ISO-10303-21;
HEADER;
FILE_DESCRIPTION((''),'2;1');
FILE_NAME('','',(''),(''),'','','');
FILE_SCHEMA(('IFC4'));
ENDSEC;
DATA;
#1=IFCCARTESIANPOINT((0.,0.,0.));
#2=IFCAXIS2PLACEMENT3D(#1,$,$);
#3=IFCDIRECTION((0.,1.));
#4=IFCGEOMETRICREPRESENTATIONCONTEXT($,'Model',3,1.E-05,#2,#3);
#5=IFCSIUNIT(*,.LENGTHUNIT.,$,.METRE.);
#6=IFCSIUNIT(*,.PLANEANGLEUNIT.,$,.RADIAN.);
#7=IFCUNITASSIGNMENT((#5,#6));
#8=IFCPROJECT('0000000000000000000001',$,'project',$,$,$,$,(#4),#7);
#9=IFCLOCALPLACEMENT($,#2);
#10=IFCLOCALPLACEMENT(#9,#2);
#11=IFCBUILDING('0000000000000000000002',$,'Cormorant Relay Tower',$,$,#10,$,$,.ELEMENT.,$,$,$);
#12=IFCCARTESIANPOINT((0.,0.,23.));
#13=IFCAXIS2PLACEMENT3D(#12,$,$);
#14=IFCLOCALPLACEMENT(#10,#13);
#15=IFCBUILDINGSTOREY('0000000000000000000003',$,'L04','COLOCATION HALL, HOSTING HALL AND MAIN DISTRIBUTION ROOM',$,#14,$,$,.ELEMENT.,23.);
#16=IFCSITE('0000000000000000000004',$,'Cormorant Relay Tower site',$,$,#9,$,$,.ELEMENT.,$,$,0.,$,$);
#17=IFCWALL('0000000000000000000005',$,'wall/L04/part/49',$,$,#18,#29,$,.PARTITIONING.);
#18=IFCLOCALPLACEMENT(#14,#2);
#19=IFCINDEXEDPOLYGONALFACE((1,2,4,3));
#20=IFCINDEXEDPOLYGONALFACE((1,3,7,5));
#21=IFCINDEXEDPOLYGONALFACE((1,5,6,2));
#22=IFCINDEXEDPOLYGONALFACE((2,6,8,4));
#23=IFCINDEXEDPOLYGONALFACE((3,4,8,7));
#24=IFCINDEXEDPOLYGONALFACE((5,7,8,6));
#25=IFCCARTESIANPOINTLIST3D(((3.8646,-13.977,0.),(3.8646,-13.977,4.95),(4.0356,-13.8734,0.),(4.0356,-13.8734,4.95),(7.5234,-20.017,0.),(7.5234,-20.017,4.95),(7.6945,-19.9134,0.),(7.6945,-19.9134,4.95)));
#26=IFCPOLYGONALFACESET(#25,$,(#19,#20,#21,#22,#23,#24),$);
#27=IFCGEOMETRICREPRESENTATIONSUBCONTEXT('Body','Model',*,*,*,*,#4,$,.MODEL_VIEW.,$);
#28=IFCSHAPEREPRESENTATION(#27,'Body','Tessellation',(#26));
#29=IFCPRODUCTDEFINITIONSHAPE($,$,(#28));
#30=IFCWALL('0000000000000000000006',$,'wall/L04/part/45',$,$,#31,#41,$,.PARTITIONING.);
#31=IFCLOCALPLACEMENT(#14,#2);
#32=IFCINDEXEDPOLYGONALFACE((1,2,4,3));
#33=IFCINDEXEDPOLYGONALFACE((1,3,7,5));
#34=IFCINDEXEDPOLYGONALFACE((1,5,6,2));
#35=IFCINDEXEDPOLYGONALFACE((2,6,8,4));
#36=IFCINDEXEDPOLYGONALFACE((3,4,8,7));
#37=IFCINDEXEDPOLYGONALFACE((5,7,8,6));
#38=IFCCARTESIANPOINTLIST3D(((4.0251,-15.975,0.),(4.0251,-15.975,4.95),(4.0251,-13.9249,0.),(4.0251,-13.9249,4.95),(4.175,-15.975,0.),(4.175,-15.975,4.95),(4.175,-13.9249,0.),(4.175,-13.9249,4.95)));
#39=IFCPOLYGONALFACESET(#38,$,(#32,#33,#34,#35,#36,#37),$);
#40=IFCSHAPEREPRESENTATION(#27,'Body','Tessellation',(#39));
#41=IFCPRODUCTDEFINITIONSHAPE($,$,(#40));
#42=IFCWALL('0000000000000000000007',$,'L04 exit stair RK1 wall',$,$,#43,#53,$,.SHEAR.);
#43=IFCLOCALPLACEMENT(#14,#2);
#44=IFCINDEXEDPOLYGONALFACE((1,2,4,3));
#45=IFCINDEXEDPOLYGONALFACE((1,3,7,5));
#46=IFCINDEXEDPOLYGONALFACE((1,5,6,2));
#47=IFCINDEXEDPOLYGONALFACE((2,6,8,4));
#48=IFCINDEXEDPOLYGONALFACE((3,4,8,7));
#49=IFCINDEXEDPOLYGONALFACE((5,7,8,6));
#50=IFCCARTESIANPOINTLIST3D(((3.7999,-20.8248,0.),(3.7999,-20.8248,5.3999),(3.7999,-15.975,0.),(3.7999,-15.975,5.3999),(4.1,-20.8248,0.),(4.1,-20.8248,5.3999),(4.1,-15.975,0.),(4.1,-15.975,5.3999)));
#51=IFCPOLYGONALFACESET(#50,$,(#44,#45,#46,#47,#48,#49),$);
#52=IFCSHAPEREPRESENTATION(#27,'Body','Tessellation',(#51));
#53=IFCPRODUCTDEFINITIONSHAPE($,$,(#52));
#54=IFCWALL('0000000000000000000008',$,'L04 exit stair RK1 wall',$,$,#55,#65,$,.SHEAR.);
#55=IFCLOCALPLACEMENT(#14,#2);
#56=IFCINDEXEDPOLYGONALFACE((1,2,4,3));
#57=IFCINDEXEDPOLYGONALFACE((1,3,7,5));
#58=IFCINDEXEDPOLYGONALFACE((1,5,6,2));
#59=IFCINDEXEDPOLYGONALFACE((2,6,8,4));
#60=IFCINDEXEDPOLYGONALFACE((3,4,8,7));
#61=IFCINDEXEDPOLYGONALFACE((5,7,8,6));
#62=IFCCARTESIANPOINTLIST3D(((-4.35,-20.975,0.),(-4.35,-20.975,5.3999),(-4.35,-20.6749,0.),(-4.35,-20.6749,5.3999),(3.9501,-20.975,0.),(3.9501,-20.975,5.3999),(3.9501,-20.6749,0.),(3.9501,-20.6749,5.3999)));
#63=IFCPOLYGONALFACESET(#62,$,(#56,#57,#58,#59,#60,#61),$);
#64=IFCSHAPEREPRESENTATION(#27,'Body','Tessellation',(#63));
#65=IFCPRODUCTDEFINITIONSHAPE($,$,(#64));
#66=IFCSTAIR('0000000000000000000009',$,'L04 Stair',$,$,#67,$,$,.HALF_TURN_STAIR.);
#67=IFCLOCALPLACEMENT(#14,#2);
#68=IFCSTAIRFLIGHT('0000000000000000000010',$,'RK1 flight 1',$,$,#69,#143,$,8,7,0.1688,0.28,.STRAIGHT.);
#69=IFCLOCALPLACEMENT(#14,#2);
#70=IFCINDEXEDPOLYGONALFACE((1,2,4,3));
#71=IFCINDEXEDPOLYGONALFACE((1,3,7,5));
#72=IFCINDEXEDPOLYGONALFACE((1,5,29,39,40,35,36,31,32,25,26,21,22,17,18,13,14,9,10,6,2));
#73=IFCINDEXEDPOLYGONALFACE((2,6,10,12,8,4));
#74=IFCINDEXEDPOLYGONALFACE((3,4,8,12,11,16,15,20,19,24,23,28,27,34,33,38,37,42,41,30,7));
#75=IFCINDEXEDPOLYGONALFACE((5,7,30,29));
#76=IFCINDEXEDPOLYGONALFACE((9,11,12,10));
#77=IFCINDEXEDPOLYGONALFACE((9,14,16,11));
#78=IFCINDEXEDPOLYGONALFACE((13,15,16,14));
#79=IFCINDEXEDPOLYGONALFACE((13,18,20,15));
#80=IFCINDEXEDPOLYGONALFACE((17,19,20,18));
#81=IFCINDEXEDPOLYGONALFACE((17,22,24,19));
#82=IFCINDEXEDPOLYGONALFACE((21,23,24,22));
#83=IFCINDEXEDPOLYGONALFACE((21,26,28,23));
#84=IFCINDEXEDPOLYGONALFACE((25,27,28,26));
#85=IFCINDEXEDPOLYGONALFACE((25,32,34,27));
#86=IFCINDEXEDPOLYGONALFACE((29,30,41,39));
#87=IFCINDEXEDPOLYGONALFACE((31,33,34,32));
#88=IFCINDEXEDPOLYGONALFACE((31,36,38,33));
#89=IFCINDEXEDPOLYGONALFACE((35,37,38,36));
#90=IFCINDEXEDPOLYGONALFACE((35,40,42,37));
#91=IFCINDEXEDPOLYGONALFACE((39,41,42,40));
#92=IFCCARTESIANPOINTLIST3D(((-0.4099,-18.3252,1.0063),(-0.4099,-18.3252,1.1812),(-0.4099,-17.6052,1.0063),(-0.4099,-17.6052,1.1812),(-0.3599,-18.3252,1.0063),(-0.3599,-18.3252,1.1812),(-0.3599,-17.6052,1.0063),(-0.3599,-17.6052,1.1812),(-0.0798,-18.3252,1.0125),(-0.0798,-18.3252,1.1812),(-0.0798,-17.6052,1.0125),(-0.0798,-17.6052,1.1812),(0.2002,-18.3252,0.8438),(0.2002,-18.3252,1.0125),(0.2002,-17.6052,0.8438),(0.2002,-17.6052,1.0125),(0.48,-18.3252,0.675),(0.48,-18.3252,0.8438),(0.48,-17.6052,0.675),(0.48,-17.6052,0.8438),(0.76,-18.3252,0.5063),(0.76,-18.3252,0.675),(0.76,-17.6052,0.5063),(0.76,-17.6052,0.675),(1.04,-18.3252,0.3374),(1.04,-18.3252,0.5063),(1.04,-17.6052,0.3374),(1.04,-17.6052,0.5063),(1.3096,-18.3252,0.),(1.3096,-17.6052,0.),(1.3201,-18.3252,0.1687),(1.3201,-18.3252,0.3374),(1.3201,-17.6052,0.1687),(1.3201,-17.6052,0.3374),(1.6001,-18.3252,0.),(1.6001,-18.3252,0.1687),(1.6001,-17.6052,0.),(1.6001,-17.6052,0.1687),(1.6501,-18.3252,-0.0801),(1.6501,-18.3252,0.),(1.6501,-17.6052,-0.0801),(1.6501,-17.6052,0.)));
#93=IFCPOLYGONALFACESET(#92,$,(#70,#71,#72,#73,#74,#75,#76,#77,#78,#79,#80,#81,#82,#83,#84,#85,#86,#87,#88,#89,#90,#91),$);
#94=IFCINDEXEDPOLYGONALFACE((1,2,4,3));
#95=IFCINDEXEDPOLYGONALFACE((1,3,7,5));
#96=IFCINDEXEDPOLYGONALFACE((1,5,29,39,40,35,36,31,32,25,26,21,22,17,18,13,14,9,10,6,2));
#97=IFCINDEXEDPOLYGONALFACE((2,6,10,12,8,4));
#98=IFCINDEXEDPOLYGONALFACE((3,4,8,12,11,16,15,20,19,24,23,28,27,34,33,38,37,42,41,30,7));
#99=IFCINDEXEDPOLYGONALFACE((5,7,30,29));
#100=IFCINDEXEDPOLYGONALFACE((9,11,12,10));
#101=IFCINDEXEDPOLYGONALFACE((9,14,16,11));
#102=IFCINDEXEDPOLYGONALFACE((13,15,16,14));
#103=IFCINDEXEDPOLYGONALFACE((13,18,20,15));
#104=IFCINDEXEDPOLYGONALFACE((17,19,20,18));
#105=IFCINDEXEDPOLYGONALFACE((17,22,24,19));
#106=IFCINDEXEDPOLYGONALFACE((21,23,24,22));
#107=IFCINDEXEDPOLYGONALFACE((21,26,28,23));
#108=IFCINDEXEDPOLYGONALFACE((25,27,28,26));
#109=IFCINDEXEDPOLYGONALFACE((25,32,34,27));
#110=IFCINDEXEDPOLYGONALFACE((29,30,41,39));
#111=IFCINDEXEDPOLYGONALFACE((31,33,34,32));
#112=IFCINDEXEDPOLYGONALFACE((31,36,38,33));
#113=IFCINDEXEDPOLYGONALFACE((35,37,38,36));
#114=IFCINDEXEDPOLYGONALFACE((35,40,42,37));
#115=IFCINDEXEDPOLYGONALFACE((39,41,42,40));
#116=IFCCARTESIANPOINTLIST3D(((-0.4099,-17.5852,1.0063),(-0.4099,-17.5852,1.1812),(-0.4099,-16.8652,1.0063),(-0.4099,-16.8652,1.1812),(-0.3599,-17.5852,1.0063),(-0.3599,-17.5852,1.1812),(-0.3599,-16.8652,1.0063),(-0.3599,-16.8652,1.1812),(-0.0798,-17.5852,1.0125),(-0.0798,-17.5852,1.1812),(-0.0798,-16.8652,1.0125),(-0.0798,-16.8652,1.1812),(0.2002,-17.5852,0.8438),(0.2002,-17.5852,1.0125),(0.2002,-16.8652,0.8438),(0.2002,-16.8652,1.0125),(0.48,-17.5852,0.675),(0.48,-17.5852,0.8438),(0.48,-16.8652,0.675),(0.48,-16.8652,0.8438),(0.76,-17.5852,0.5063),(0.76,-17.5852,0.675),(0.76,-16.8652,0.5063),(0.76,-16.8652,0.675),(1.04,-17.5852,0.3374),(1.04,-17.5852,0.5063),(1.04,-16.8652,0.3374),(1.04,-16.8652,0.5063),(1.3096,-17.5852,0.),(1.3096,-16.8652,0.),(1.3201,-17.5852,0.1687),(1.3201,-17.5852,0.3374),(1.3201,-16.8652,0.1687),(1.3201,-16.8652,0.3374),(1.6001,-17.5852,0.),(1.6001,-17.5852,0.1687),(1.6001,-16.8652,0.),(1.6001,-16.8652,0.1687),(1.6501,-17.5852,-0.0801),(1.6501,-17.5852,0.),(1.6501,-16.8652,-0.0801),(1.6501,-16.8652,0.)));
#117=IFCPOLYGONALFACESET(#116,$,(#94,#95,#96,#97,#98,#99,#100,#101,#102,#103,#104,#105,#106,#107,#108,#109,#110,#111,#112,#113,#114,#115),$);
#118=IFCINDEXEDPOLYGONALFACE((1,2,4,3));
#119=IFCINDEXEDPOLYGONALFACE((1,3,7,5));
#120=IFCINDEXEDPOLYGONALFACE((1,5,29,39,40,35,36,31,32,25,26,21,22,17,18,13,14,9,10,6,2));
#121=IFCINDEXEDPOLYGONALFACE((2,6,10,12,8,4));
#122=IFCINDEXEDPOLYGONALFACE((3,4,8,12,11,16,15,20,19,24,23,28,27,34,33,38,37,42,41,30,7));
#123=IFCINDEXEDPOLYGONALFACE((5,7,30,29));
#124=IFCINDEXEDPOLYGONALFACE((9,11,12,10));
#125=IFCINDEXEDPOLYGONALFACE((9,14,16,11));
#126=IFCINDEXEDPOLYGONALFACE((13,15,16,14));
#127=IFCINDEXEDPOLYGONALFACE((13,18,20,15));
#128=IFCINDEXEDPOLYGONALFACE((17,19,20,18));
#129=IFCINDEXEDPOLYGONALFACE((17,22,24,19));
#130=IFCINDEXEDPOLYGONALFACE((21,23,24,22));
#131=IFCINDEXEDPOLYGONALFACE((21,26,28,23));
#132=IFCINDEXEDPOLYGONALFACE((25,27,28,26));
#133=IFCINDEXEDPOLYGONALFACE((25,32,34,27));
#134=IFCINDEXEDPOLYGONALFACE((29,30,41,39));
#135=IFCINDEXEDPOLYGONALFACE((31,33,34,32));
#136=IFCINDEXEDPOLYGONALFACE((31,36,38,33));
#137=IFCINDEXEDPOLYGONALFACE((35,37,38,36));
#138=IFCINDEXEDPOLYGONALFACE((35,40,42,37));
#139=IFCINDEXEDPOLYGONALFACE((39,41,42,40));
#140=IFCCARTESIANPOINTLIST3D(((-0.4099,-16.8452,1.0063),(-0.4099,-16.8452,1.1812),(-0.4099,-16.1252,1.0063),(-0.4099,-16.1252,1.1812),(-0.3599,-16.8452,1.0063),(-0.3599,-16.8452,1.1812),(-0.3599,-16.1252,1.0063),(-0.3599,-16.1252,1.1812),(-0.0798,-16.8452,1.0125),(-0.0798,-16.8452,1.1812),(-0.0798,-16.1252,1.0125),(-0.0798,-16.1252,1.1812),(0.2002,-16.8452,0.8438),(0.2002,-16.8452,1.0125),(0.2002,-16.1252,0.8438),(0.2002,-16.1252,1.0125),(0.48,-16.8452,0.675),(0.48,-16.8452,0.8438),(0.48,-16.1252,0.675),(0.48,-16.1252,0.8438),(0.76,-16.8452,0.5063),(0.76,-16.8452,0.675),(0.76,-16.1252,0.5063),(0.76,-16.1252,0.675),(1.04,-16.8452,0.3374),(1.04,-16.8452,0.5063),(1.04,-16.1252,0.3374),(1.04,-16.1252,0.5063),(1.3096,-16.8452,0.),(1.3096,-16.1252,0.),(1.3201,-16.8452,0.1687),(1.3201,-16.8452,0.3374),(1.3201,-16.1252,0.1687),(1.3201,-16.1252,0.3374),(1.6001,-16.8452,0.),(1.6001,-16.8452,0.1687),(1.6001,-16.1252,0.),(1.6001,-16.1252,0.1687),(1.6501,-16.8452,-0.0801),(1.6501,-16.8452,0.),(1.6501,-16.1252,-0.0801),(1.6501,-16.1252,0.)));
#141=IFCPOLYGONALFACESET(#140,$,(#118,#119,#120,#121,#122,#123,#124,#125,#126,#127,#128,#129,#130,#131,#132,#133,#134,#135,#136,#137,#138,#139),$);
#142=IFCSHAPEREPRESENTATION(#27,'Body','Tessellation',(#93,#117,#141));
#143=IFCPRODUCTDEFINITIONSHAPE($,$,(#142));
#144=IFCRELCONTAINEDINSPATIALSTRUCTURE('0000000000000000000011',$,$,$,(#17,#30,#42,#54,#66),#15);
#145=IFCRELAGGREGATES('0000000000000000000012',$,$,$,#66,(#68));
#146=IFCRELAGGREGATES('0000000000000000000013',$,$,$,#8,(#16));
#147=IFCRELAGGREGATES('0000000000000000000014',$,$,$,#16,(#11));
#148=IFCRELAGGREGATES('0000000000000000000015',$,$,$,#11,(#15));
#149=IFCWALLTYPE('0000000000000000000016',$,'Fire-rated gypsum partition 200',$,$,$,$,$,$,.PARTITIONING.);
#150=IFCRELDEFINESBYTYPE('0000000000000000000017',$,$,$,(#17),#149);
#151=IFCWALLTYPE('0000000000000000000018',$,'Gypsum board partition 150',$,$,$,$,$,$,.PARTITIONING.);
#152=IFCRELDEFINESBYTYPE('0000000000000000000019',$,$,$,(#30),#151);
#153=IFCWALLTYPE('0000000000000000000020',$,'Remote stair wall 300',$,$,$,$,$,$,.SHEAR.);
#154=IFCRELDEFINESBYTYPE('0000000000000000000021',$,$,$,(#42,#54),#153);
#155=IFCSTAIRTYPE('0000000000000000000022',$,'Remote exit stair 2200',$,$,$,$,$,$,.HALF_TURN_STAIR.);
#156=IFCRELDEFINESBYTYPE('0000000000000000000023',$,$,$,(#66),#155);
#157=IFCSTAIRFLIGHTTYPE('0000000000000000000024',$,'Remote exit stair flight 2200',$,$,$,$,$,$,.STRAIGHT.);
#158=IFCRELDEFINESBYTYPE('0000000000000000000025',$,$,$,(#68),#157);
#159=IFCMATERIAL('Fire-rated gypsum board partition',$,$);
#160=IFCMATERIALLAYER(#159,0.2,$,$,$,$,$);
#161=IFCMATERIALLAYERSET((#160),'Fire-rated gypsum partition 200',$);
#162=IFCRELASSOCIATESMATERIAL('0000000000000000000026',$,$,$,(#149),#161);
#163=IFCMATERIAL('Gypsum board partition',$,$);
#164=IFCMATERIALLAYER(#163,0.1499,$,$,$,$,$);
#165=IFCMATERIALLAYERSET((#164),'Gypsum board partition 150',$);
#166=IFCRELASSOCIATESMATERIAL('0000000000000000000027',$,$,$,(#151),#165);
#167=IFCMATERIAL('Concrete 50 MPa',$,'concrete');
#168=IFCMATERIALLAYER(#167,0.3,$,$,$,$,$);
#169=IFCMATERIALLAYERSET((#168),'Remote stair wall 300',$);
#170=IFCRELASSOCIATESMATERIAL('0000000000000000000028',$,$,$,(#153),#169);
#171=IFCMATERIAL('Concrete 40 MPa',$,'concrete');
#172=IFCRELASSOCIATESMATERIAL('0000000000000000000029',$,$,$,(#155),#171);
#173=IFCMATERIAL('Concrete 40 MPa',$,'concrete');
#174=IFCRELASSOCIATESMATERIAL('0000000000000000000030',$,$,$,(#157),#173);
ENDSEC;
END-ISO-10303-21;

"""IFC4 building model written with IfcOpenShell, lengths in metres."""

from ifc_helpers import new_model, si_unit, direction, frame, frame_2d, origin, place, context, subcontext, project, spatial, polyline, rectangle, outline, extrude, material, layer, layer_set, type_object, element, aggregate, save


model = new_model("IFC4")

# Units and contexts
model_context = context("Model", 3, precision=1e-05, world=origin(), true_north=direction((0.0, 1.0)))
body_context = subcontext(model_context, "Body", "Model", "MODEL_VIEW")
ifc_project = project(units=[si_unit("LENGTHUNIT", "METRE"), si_unit("PLANEANGLEUNIT", "RADIAN")], contexts=[model_context])

# Site, building, storey
site_placement = place(None, origin())
site = spatial("IfcSite", under=ifc_project, at=site_placement, Name="Cormorant Relay Tower site", CompositionType="ELEMENT", RefElevation=0.0)
building_placement = place(site_placement, origin())
building = spatial("IfcBuilding", under=site, at=building_placement, Name="Cormorant Relay Tower", CompositionType="ELEMENT")
storey_placement = place(building_placement, frame((0.0, 0.0, 23.0)))
storey = spatial("IfcBuildingStorey", under=building, at=storey_placement, Name="L04", Description="COLOCATION HALL, HOSTING HALL AND MAIN DISTRIBUTION ROOM", CompositionType="ELEMENT", Elevation=23.0)

# Shared definitions
ifc_material_1 = material(Name="Fire-rated gypsum board partition")
ifc_layer_1 = layer(ifc_material_1, 0.2)
ifc_layer_set_1 = layer_set([ifc_layer_1], Name="Fire-rated gypsum partition 200")
wall_type_1 = type_object("IfcWallType", Name="Fire-rated gypsum partition 200", PredefinedType="PARTITIONING", material=ifc_layer_set_1)

# Walls
wall_1_placement = place(storey_placement, frame((7.6089, -19.9651, 0.0), z_axis=(0.0, 0.0, 1.0), x_axis=(-0.518126, 0.855304, 0.0)))
element("IfcWall", 1, at=wall_1_placement, inside=storey, type_object=wall_type_1, Name="wall/L04/part/49", PredefinedType="PARTITIONING", context=body_context, shape_type="SweptSolid", body=[
    extrude(rectangle(XDim=7.0618, YDim=0.2, at=frame_2d((3.5308, 0.0))), origin(), (0.0, 0.0, 1.0), 4.95),
])
ifc_material_2 = material(Name="Gypsum board partition")
ifc_layer_2 = layer(ifc_material_2, 0.1499)
ifc_layer_set_2 = layer_set([ifc_layer_2], Name="Gypsum board partition 150")
wall_type_2 = type_object("IfcWallType", Name="Gypsum board partition 150", PredefinedType="PARTITIONING", material=ifc_layer_set_2)
wall_2_placement = place(storey_placement, frame((4.1001, -13.925, 0.0), z_axis=(0.0, 0.0, 1.0), x_axis=(0.0, -1.0, 0.0)))
element("IfcWall", 2, at=wall_2_placement, inside=storey, type_object=wall_type_2, Name="wall/L04/part/45", PredefinedType="PARTITIONING", context=body_context, shape_type="SweptSolid", body=[
    extrude(rectangle(XDim=2.05, YDim=0.1499, at=frame_2d((1.0249, 0.0))), origin(), (0.0, 0.0, 1.0), 4.95),
])
ifc_material_3 = material(Name="Concrete 50 MPa", Category="concrete")
ifc_layer_3 = layer(ifc_material_3, 0.3)
ifc_layer_set_3 = layer_set([ifc_layer_3], Name="Remote stair wall 300")
wall_type_3 = type_object("IfcWallType", Name="Remote stair wall 300", PredefinedType="SHEAR", material=ifc_layer_set_3)
wall_3_placement = place(storey_placement, frame((3.95, -15.9751, 0.0), z_axis=(0.0, 0.0, 1.0), x_axis=(0.0, -1.0, 0.0)))
element("IfcWall", 3, at=wall_3_placement, inside=storey, type_object=wall_type_3, Name="L04 exit stair RK1 wall", PredefinedType="SHEAR", context=body_context, shape_type="SweptSolid", body=[
    extrude(rectangle(XDim=4.8499, YDim=0.3, at=frame_2d((2.4248, 0.0))), origin(), (0.0, 0.0, 1.0), 5.3999),
])
wall_4_placement = place(storey_placement, frame((3.95, -20.825, 0.0), z_axis=(0.0, 0.0, 1.0), x_axis=(-1.0, 0.0, 0.0)))
element("IfcWall", 4, at=wall_4_placement, inside=storey, type_object=wall_type_3, Name="L04 exit stair RK1 wall", PredefinedType="SHEAR", context=body_context, shape_type="SweptSolid", body=[
    extrude(rectangle(XDim=8.3, YDim=0.3, at=frame_2d((4.1499, 0.0))), origin(), (0.0, 0.0, 1.0), 5.3999),
])

# Stair, stair flight
ifc_material_4 = material(Name="Concrete 40 MPa", Category="concrete")
stair_type = type_object("IfcStairType", Name="Remote exit stair 2200", PredefinedType="HALF_TURN_STAIR", material=ifc_material_4)
stair_placement = place(storey_placement, origin())
stair = element("IfcStair", 5, at=stair_placement, inside=storey, type_object=stair_type, Name="L04 Stair", PredefinedType="HALF_TURN_STAIR")
ifc_material_5 = material(Name="Concrete 40 MPa", Category="concrete")
stair_flight_type = type_object("IfcStairFlightType", Name="Remote exit stair flight 2200", PredefinedType="STRAIGHT", material=ifc_material_5)
stair_flight_1_placement = place(storey_placement, frame((1.6001, -17.2251, 0.0), z_axis=(0.0, 0.0, 1.0), x_axis=(-1.0, 0.0, 0.0)))
stair_flight_1 = element("IfcStairFlight", 6, at=stair_flight_1_placement, type_object=stair_flight_type, Name="RK1 flight 1", NumberOfRisers=8, NumberOfTreads=7, PredefinedType="STRAIGHT", RiserHeight=0.1688, TreadLength=0.28, context=body_context, shape_type="SweptSolid", body=[
    extrude(outline(polyline([(-0.05, -0.0801), (-0.05, 0.0), (0.0, 0.0), (0.0, 0.1687), (0.28, 0.1687), (0.28, 0.3374), (0.5601, 0.3374), (0.5601, 0.5063), (0.8401, 0.5063), (0.8401, 0.675), (1.1201, 0.675), (1.1201, 0.8438), (1.3999, 0.8438), (1.3999, 1.0125), (1.6799, 1.0125), (1.6799, 1.1812), (1.96, 1.1812), (2.01, 1.1812), (2.01, 1.0063), (1.96, 1.0063), (0.2905, 0.0), (-0.05, -0.0801)])), frame((0.0, 1.1001, 0.0), z_axis=(0.0, -1.0, 0.0), x_axis=(1.0, 0.0, 0.0)), (0.0, 0.0, 1.0), 0.72),
    extrude(outline(polyline([(-0.05, -0.0801), (-0.05, 0.0), (0.0, 0.0), (0.0, 0.1687), (0.28, 0.1687), (0.28, 0.3374), (0.5601, 0.3374), (0.5601, 0.5063), (0.8401, 0.5063), (0.8401, 0.675), (1.1201, 0.675), (1.1201, 0.8438), (1.3999, 0.8438), (1.3999, 1.0125), (1.6799, 1.0125), (1.6799, 1.1812), (1.96, 1.1812), (2.01, 1.1812), (2.01, 1.0063), (1.96, 1.0063), (0.2905, 0.0), (-0.05, -0.0801)])), frame((0.0, 0.3601, 0.0), z_axis=(0.0, -1.0, 0.0), x_axis=(1.0, 0.0, 0.0)), (0.0, 0.0, 1.0), 0.72),
    extrude(outline(polyline([(-0.05, -0.0801), (-0.05, 0.0), (0.0, 0.0), (0.0, 0.1687), (0.28, 0.1687), (0.28, 0.3374), (0.5601, 0.3374), (0.5601, 0.5063), (0.8401, 0.5063), (0.8401, 0.675), (1.1201, 0.675), (1.1201, 0.8438), (1.3999, 0.8438), (1.3999, 1.0125), (1.6799, 1.0125), (1.6799, 1.1812), (1.96, 1.1812), (2.01, 1.1812), (2.01, 1.0063), (1.96, 1.0063), (0.2905, 0.0), (-0.05, -0.0801)])), frame((0.0, -0.3799, 0.0), z_axis=(0.0, -1.0, 0.0), x_axis=(1.0, 0.0, 0.0)), (0.0, 0.0, 1.0), 0.72),
])
aggregate(stair, [stair_flight_1])

save(model, "model.ifc")
